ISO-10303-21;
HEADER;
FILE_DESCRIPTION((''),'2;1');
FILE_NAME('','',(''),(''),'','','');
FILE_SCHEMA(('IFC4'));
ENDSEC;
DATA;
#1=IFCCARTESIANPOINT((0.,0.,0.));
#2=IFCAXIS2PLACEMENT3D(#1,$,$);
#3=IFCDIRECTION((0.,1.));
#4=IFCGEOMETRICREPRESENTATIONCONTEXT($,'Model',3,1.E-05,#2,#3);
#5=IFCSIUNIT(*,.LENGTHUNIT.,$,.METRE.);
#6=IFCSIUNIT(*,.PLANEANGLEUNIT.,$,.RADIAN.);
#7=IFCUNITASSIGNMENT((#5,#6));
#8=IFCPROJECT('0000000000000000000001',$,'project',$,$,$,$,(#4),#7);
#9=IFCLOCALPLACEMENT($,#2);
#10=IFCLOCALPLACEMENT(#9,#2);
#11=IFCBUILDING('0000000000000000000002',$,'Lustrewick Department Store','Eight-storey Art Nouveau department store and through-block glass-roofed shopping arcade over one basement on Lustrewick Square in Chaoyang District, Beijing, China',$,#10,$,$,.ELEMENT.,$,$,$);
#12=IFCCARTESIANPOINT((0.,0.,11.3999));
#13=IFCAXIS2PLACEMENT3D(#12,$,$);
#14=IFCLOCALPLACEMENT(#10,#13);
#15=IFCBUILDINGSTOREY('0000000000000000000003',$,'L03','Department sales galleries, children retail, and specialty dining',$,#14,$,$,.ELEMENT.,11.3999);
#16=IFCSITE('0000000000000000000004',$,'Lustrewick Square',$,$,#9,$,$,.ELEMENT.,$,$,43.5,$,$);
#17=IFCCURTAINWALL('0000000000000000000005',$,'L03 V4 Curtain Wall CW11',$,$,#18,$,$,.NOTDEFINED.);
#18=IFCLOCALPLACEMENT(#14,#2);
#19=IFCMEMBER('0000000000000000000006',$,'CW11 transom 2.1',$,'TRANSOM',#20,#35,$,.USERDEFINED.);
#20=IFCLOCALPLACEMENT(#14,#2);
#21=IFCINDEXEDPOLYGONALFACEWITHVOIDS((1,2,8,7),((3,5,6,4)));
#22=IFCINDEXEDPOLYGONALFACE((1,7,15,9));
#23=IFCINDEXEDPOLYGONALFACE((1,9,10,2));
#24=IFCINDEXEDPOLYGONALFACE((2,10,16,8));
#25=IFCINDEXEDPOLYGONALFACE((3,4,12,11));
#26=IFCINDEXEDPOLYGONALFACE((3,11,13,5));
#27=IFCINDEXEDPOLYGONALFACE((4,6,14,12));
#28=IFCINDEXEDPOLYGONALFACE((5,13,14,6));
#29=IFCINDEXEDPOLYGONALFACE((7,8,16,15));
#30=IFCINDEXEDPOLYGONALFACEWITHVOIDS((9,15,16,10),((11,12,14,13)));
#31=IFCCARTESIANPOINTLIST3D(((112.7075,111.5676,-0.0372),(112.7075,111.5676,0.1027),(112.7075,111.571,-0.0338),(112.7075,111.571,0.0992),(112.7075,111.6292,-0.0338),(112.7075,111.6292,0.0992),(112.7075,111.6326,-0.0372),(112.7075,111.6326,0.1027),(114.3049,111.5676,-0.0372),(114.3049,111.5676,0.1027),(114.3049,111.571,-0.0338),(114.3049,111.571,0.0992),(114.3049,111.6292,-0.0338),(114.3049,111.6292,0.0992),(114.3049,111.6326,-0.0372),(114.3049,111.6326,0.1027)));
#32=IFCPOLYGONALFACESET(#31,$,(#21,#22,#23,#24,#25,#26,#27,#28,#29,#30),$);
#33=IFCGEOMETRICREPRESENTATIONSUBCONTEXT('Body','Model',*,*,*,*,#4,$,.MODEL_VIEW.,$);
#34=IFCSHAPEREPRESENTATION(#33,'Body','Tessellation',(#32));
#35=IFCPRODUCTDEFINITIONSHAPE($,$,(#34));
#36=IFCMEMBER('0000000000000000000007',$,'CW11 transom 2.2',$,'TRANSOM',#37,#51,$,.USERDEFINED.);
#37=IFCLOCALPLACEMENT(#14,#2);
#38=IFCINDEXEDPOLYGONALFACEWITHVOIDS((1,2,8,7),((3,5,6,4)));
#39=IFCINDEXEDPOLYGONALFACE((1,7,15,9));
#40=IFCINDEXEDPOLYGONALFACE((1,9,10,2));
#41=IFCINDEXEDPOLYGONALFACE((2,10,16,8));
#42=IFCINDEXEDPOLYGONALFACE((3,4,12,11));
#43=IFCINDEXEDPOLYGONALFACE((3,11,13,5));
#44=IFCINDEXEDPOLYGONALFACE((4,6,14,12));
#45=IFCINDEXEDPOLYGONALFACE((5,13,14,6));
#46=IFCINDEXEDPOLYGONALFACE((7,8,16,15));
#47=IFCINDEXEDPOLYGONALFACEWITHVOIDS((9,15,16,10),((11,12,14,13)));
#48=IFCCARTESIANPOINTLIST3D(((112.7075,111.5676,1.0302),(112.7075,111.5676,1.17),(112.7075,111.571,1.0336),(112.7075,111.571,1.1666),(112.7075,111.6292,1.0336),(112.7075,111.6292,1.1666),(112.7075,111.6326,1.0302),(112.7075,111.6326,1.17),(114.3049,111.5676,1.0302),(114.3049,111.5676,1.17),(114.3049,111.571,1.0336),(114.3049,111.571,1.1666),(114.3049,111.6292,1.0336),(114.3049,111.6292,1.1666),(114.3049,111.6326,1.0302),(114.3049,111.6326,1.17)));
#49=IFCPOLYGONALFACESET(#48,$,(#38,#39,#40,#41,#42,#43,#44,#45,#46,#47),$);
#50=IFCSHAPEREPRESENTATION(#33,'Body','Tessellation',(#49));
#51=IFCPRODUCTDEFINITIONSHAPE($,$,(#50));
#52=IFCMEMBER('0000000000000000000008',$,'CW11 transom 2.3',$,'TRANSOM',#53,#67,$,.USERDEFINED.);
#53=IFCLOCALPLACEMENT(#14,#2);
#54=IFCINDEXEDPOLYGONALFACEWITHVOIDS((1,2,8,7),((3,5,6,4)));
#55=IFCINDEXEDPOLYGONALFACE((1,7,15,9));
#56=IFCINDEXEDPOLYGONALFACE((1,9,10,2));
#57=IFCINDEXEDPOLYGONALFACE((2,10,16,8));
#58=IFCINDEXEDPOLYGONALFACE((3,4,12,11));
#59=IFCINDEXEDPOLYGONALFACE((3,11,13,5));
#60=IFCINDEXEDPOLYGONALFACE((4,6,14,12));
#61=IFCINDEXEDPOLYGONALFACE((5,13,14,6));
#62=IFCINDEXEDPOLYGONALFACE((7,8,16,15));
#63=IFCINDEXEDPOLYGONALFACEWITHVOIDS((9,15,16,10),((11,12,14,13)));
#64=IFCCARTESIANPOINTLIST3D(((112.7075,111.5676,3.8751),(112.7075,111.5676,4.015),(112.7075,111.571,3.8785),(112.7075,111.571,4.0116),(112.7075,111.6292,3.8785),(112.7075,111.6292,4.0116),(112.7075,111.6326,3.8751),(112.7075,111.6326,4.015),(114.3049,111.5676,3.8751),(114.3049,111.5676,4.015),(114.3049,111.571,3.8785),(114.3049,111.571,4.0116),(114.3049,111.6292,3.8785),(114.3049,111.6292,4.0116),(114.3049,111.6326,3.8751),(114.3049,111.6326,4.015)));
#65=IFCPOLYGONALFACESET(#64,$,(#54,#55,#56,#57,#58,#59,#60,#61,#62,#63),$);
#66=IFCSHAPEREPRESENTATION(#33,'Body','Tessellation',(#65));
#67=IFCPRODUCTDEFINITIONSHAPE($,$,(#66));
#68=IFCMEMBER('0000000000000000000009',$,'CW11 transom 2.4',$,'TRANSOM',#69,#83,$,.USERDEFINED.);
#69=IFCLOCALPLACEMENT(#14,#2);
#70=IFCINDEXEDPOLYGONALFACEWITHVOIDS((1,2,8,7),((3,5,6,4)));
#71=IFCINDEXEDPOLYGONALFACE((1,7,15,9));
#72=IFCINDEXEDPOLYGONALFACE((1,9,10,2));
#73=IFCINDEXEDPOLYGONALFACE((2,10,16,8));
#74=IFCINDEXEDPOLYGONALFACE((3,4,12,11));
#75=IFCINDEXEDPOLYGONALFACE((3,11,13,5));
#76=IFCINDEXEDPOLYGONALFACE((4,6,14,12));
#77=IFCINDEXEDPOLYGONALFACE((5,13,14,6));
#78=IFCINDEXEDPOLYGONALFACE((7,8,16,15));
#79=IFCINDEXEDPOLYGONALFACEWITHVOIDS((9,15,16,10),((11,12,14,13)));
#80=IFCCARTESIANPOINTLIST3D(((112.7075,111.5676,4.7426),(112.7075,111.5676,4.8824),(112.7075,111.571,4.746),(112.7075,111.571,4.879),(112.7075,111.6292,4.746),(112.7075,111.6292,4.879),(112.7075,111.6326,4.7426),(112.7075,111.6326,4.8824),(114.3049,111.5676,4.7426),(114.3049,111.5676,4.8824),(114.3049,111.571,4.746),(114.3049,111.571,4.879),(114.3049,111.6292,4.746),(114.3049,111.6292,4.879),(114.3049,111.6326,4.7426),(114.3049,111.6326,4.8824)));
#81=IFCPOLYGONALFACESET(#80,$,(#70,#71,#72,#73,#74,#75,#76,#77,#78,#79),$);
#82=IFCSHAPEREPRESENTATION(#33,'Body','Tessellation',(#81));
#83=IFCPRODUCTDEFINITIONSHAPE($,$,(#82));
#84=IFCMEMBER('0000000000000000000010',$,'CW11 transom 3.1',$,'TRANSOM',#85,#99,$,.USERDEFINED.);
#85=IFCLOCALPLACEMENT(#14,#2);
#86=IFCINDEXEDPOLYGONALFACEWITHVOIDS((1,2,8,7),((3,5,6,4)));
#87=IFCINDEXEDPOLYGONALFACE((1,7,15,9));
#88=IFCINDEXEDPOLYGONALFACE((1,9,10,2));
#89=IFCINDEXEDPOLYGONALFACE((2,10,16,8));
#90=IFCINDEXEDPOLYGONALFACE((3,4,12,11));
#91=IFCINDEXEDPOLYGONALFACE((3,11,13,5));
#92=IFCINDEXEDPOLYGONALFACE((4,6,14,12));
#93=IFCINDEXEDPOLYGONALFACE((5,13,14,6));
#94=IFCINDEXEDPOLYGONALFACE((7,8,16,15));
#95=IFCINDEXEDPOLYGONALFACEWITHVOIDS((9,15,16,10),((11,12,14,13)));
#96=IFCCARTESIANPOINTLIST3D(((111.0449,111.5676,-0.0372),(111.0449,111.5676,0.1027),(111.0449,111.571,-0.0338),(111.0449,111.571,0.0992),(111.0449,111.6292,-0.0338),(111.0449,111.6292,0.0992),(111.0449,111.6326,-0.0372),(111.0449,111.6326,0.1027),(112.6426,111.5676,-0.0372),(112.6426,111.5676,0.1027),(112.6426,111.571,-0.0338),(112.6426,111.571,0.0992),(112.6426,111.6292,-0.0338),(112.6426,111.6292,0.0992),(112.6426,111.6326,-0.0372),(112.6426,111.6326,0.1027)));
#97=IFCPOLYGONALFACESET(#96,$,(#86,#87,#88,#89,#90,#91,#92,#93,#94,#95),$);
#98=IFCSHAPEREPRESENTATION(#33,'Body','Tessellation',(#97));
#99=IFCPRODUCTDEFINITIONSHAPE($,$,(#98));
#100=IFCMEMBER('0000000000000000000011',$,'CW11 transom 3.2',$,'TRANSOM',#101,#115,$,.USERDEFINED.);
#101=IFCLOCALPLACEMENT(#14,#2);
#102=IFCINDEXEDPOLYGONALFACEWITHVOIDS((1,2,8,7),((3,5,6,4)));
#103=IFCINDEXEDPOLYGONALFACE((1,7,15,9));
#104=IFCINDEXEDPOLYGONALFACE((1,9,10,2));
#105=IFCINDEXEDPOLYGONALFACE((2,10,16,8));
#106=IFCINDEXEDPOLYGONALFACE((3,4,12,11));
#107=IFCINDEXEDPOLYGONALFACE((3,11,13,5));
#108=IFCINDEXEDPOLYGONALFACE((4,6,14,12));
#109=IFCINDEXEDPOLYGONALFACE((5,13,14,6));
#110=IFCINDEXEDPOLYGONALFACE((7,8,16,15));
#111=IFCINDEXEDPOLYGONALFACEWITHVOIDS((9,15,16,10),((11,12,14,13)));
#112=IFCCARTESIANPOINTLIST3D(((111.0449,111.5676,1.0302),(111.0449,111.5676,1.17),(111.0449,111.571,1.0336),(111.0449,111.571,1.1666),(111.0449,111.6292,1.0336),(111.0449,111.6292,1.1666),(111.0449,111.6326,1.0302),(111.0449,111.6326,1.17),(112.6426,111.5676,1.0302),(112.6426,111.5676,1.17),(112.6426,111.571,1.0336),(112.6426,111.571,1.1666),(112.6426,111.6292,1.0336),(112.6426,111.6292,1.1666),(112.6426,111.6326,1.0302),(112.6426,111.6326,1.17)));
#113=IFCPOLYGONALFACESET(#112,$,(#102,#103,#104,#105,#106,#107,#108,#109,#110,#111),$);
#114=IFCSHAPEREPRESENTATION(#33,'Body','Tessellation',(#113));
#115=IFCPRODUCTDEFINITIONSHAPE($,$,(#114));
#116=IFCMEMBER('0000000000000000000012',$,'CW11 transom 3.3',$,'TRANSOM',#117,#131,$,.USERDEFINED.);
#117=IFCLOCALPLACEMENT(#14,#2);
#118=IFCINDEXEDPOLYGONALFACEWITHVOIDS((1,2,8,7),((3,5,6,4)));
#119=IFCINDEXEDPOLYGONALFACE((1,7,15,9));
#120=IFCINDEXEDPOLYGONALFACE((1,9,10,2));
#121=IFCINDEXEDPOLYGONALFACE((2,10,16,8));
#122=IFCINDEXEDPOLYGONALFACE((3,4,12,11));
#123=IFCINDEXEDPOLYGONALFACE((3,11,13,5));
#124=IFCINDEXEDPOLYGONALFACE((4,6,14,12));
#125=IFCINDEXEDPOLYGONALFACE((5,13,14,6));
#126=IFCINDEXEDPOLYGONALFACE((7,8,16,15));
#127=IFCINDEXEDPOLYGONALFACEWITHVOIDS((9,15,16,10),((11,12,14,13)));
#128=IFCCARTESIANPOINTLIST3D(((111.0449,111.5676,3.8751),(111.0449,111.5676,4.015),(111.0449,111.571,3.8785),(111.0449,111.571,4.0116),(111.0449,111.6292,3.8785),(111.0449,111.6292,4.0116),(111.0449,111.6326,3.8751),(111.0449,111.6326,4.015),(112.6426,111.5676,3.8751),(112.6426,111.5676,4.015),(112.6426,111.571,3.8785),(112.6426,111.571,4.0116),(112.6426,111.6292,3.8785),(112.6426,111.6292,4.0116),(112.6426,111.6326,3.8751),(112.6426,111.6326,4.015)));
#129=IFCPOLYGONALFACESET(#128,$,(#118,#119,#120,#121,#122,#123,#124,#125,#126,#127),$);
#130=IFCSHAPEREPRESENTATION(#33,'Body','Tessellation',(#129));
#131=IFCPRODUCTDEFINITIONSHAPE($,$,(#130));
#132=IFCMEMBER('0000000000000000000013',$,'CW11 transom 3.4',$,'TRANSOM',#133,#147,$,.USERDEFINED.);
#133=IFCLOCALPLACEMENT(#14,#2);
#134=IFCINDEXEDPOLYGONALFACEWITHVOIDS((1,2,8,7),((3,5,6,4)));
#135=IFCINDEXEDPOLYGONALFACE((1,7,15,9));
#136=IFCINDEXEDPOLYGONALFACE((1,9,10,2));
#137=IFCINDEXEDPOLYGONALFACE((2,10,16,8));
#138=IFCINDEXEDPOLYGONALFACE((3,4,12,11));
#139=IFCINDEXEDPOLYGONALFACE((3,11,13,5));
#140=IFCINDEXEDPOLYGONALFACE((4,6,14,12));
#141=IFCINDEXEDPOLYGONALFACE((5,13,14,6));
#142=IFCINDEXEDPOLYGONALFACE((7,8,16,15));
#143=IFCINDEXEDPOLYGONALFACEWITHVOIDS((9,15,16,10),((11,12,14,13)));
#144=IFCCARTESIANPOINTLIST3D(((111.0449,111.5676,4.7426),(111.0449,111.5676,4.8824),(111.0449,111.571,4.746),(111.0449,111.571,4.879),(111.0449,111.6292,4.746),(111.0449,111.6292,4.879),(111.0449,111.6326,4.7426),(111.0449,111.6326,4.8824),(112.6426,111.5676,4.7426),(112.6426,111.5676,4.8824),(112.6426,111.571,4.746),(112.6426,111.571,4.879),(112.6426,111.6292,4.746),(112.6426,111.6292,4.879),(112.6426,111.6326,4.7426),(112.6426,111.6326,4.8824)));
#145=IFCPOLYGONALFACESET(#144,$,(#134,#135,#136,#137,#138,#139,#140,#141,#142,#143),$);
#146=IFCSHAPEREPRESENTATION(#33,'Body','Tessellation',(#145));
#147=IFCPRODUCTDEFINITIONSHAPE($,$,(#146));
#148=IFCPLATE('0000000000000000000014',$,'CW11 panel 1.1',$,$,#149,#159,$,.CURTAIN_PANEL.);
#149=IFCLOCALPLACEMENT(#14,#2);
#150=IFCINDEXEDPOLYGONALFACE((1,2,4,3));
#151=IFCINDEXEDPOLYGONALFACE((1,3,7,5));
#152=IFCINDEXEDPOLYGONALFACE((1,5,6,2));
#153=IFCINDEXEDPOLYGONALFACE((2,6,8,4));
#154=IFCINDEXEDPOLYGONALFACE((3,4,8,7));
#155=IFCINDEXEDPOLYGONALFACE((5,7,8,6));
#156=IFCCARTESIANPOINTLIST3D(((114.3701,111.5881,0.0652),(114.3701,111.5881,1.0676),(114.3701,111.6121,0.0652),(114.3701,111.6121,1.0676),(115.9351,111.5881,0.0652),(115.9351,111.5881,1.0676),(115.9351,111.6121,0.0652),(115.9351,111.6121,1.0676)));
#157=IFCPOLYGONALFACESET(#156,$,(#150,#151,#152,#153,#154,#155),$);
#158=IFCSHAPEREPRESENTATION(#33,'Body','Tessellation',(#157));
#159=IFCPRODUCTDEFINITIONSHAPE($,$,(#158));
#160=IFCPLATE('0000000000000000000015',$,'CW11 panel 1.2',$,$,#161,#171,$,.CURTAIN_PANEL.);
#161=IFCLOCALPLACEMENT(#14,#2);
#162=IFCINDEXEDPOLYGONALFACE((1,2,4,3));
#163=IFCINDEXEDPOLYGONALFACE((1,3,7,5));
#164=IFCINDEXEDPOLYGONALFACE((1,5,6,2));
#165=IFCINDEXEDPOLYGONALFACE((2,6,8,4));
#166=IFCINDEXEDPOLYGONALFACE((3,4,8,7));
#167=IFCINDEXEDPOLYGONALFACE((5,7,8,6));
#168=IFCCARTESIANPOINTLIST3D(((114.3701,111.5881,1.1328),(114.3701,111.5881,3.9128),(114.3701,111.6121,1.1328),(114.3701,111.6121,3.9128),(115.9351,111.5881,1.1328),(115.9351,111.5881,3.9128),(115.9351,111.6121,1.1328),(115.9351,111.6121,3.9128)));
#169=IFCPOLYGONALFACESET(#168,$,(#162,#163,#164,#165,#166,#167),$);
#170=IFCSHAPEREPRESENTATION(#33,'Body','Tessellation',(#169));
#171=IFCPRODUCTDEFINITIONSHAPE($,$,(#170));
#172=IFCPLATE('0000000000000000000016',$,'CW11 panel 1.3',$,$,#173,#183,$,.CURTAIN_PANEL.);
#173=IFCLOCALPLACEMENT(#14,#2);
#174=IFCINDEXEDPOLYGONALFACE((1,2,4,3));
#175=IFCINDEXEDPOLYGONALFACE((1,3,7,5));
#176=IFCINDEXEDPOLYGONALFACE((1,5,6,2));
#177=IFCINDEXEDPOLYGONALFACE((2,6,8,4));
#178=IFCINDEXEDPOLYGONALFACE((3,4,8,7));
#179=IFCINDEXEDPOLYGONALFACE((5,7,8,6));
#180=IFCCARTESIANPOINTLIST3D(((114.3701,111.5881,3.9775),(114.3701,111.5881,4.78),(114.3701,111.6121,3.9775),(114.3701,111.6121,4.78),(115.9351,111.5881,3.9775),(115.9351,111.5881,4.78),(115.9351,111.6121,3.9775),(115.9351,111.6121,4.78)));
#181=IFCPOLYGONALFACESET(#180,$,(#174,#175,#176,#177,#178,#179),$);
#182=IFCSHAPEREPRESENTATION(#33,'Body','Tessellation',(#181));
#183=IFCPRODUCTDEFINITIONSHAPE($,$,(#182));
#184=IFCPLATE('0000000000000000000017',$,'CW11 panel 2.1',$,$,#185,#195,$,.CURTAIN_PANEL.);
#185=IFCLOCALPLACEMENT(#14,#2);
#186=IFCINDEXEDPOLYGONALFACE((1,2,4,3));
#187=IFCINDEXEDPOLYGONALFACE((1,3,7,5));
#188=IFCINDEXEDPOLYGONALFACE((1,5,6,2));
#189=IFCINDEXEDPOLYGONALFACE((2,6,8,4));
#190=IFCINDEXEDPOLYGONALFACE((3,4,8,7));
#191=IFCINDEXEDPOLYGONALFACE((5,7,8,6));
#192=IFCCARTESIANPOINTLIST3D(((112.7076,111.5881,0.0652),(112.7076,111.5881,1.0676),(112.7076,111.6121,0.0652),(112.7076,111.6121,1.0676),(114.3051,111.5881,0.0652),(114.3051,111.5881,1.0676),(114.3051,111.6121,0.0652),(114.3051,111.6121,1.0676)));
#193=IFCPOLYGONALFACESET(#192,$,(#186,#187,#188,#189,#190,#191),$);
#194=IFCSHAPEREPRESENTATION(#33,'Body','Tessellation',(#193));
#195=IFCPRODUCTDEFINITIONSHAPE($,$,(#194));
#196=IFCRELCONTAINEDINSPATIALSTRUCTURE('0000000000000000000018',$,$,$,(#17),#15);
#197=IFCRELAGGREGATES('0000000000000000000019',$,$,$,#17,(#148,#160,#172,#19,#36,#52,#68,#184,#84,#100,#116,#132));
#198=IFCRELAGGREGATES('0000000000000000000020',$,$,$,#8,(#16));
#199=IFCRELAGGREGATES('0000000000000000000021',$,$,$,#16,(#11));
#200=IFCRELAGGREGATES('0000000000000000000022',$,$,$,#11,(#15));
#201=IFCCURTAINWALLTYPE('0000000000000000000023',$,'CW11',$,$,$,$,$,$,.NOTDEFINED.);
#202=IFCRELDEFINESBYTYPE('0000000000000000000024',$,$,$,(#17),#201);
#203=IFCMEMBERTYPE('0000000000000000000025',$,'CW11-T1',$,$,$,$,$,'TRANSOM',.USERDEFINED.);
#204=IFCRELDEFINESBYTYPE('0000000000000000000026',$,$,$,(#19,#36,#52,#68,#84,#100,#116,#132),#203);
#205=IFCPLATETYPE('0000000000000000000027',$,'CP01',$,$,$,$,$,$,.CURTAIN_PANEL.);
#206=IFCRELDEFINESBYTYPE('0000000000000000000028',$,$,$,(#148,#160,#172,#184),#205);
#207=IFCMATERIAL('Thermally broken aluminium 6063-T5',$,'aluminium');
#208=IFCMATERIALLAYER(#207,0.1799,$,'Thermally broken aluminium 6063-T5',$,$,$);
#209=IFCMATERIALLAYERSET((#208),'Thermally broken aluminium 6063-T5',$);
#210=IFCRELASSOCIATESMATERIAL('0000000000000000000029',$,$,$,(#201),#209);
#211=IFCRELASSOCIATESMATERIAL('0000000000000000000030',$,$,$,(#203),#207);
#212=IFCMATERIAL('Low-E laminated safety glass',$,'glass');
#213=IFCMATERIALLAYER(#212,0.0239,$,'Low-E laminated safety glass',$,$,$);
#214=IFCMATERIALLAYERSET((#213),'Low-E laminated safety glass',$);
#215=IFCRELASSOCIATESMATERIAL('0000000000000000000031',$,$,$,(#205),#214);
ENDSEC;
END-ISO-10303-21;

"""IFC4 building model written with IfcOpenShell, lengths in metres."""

from ifc_helpers import new_model, si_unit, direction, frame, origin, origin_2d, place, context, subcontext, project, spatial, rectangle, hollow_rectangle, extrude, material, layer, layer_set, material_profile, profile_set, type_object, element, aggregate, save


model = new_model("IFC4")

# Units and contexts
model_context = context("Model", 3, precision=1e-05, world=origin(), true_north=direction((0.0, 1.0)))
body_context = subcontext(model_context, "Body", "Model", "MODEL_VIEW")
ifc_project = project(units=[si_unit("LENGTHUNIT", "METRE"), si_unit("PLANEANGLEUNIT", "RADIAN")], contexts=[model_context])

# Site, building, storey
site_placement = place(None, origin())
site = spatial("IfcSite", under=ifc_project, at=site_placement, Name="Lustrewick Square", CompositionType="ELEMENT", RefElevation=43.5)
building_placement = place(site_placement, origin())
building = spatial("IfcBuilding", under=site, at=building_placement, Name="Lustrewick Department Store", Description="Eight-storey Art Nouveau department store and through-block glass-roofed shopping arcade over one basement on Lustrewick Square in Chaoyang District, Beijing, China", CompositionType="ELEMENT")
storey_placement = place(building_placement, frame((0.0, 0.0, 11.3999)))
storey = spatial("IfcBuildingStorey", under=building, at=storey_placement, Name="L03", Description="Department sales galleries, children retail, and specialty dining", CompositionType="ELEMENT", Elevation=11.3999)

# Shared definitions
ifc_material_1 = material(Name="Thermally broken aluminium 6063-T5", Category="aluminium")

# Curtain wall, members, plates
ifc_layer_1 = layer(ifc_material_1, 0.1799, Name="Thermally broken aluminium 6063-T5")
ifc_layer_set_1 = layer_set([ifc_layer_1], Name="Thermally broken aluminium 6063-T5")
curtain_wall_type_1 = type_object("IfcCurtainWallType", Name="CW11", PredefinedType="NOTDEFINED", material=ifc_layer_set_1)
curtain_wall_1_placement = place(storey_placement, origin())
curtain_wall_1 = element("IfcCurtainWall", 1, at=curtain_wall_1_placement, inside=storey, type_object=curtain_wall_type_1, Name="L03 V4 Curtain Wall CW11", PredefinedType="NOTDEFINED")
ifc_material_profile_1 = material_profile(ifc_material_1, hollow_rectangle(XDim=0.0649, YDim=0.1399, WallThickness=0.0034, at=origin_2d()), Name="ALU-T 65x140x3.5")
ifc_profile_set_1 = profile_set([ifc_material_profile_1], Name="Thermally broken aluminium 6063-T5")
member_type_1 = type_object("IfcMemberType", Name="CW11-T1", ElementType="TRANSOM", PredefinedType="USERDEFINED", material=ifc_profile_set_1)
member_1_placement = place(storey_placement, frame((114.3049, 111.6001, 0.0327), z_axis=(-1.0, 0.0, 0.0), x_axis=(0.0, -1.0, 0.0)))
member_1 = element("IfcMember", 2, at=member_1_placement, type_object=member_type_1, Name="CW11 transom 2.1", ObjectType="TRANSOM", PredefinedType="USERDEFINED", context=body_context, shape_type="SweptSolid", body=[
    extrude(hollow_rectangle(XDim=0.0649, YDim=0.1399, WallThickness=0.0034, at=origin_2d()), origin(), (0.0, 0.0, 1.0), 1.5974),
])
member_2_placement = place(storey_placement, frame((114.3049, 111.6001, 1.1001), z_axis=(-1.0, 0.0, 0.0), x_axis=(0.0, -1.0, 0.0)))
member_2 = element("IfcMember", 3, at=member_2_placement, type_object=member_type_1, Name="CW11 transom 2.2", ObjectType="TRANSOM", PredefinedType="USERDEFINED", context=body_context, shape_type="SweptSolid", body=[
    extrude(hollow_rectangle(XDim=0.0649, YDim=0.1399, WallThickness=0.0034, at=origin_2d()), origin(), (0.0, 0.0, 1.0), 1.5974),
])
member_3_placement = place(storey_placement, frame((114.3049, 111.6001, 3.9451), z_axis=(-1.0, 0.0, 0.0), x_axis=(0.0, -1.0, 0.0)))
member_3 = element("IfcMember", 4, at=member_3_placement, type_object=member_type_1, Name="CW11 transom 2.3", ObjectType="TRANSOM", PredefinedType="USERDEFINED", context=body_context, shape_type="SweptSolid", body=[
    extrude(hollow_rectangle(XDim=0.0649, YDim=0.1399, WallThickness=0.0034, at=origin_2d()), origin(), (0.0, 0.0, 1.0), 1.5974),
])
member_4_placement = place(storey_placement, frame((114.3049, 111.6001, 4.8125), z_axis=(-1.0, 0.0, 0.0), x_axis=(0.0, -1.0, 0.0)))
member_4 = element("IfcMember", 5, at=member_4_placement, type_object=member_type_1, Name="CW11 transom 2.4", ObjectType="TRANSOM", PredefinedType="USERDEFINED", context=body_context, shape_type="SweptSolid", body=[
    extrude(hollow_rectangle(XDim=0.0649, YDim=0.1399, WallThickness=0.0034, at=origin_2d()), origin(), (0.0, 0.0, 1.0), 1.5974),
])
member_5_placement = place(storey_placement, frame((112.6426, 111.6001, 0.0327), z_axis=(-1.0, 0.0, 0.0), x_axis=(0.0, -1.0, 0.0)))
member_5 = element("IfcMember", 6, at=member_5_placement, type_object=member_type_1, Name="CW11 transom 3.1", ObjectType="TRANSOM", PredefinedType="USERDEFINED", context=body_context, shape_type="SweptSolid", body=[
    extrude(hollow_rectangle(XDim=0.0649, YDim=0.1399, WallThickness=0.0034, at=origin_2d()), origin(), (0.0, 0.0, 1.0), 1.5977),
])
member_6_placement = place(storey_placement, frame((112.6426, 111.6001, 1.1001), z_axis=(-1.0, 0.0, 0.0), x_axis=(0.0, -1.0, 0.0)))
member_6 = element("IfcMember", 7, at=member_6_placement, type_object=member_type_1, Name="CW11 transom 3.2", ObjectType="TRANSOM", PredefinedType="USERDEFINED", context=body_context, shape_type="SweptSolid", body=[
    extrude(hollow_rectangle(XDim=0.0649, YDim=0.1399, WallThickness=0.0034, at=origin_2d()), origin(), (0.0, 0.0, 1.0), 1.5977),
])
member_7_placement = place(storey_placement, frame((112.6426, 111.6001, 3.9451), z_axis=(-1.0, 0.0, 0.0), x_axis=(0.0, -1.0, 0.0)))
member_7 = element("IfcMember", 8, at=member_7_placement, type_object=member_type_1, Name="CW11 transom 3.3", ObjectType="TRANSOM", PredefinedType="USERDEFINED", context=body_context, shape_type="SweptSolid", body=[
    extrude(hollow_rectangle(XDim=0.0649, YDim=0.1399, WallThickness=0.0034, at=origin_2d()), origin(), (0.0, 0.0, 1.0), 1.5977),
])
member_8_placement = place(storey_placement, frame((112.6426, 111.6001, 4.8125), z_axis=(-1.0, 0.0, 0.0), x_axis=(0.0, -1.0, 0.0)))
member_8 = element("IfcMember", 9, at=member_8_placement, type_object=member_type_1, Name="CW11 transom 3.4", ObjectType="TRANSOM", PredefinedType="USERDEFINED", context=body_context, shape_type="SweptSolid", body=[
    extrude(hollow_rectangle(XDim=0.0649, YDim=0.1399, WallThickness=0.0034, at=origin_2d()), origin(), (0.0, 0.0, 1.0), 1.5977),
])
ifc_material_2 = material(Name="Low-E laminated safety glass", Category="glass")
ifc_layer_2 = layer(ifc_material_2, 0.0239, Name="Low-E laminated safety glass")
ifc_layer_set_2 = layer_set([ifc_layer_2], Name="Low-E laminated safety glass")
plate_type_1 = type_object("IfcPlateType", Name="CP01", PredefinedType="CURTAIN_PANEL", material=ifc_layer_set_2)
plate_1_placement = place(storey_placement, frame((115.1526, 111.6001, 0.0652), z_axis=(0.0, 0.0, 1.0), x_axis=(-1.0, 0.0, 0.0)))
plate_1 = element("IfcPlate", 10, at=plate_1_placement, type_object=plate_type_1, Name="CW11 panel 1.1", PredefinedType="CURTAIN_PANEL", context=body_context, shape_type="SweptSolid", body=[
    extrude(rectangle(XDim=1.5649, YDim=0.0239, at=origin_2d()), origin(), (0.0, 0.0, 1.0), 1.0024),
])
plate_2_placement = place(storey_placement, frame((115.1526, 111.6001, 1.1328), z_axis=(0.0, 0.0, 1.0), x_axis=(-1.0, 0.0, 0.0)))
plate_2 = element("IfcPlate", 11, at=plate_2_placement, type_object=plate_type_1, Name="CW11 panel 1.2", PredefinedType="CURTAIN_PANEL", context=body_context, shape_type="SweptSolid", body=[
    extrude(rectangle(XDim=1.5649, YDim=0.0239, at=origin_2d()), origin(), (0.0, 0.0, 1.0), 2.78),
])
plate_3_placement = place(storey_placement, frame((115.1526, 111.6001, 3.9775), z_axis=(0.0, 0.0, 1.0), x_axis=(-1.0, 0.0, 0.0)))
plate_3 = element("IfcPlate", 12, at=plate_3_placement, type_object=plate_type_1, Name="CW11 panel 1.3", PredefinedType="CURTAIN_PANEL", context=body_context, shape_type="SweptSolid", body=[
    extrude(rectangle(XDim=1.5649, YDim=0.0239, at=origin_2d()), origin(), (0.0, 0.0, 1.0), 0.8025),
])
plate_4_placement = place(storey_placement, frame((113.5063, 111.6001, 0.0652), z_axis=(0.0, 0.0, 1.0), x_axis=(-1.0, 0.0, 0.0)))
plate_4 = element("IfcPlate", 13, at=plate_4_placement, type_object=plate_type_1, Name="CW11 panel 2.1", PredefinedType="CURTAIN_PANEL", context=body_context, shape_type="SweptSolid", body=[
    extrude(rectangle(XDim=1.5974, YDim=0.0239, at=origin_2d()), origin(), (0.0, 0.0, 1.0), 1.0024),
])
aggregate(curtain_wall_1, [plate_1, plate_2, plate_3, member_1, member_2, member_3, member_4, plate_4, member_5, member_6, member_7, member_8])

save(model, "model.ifc")
